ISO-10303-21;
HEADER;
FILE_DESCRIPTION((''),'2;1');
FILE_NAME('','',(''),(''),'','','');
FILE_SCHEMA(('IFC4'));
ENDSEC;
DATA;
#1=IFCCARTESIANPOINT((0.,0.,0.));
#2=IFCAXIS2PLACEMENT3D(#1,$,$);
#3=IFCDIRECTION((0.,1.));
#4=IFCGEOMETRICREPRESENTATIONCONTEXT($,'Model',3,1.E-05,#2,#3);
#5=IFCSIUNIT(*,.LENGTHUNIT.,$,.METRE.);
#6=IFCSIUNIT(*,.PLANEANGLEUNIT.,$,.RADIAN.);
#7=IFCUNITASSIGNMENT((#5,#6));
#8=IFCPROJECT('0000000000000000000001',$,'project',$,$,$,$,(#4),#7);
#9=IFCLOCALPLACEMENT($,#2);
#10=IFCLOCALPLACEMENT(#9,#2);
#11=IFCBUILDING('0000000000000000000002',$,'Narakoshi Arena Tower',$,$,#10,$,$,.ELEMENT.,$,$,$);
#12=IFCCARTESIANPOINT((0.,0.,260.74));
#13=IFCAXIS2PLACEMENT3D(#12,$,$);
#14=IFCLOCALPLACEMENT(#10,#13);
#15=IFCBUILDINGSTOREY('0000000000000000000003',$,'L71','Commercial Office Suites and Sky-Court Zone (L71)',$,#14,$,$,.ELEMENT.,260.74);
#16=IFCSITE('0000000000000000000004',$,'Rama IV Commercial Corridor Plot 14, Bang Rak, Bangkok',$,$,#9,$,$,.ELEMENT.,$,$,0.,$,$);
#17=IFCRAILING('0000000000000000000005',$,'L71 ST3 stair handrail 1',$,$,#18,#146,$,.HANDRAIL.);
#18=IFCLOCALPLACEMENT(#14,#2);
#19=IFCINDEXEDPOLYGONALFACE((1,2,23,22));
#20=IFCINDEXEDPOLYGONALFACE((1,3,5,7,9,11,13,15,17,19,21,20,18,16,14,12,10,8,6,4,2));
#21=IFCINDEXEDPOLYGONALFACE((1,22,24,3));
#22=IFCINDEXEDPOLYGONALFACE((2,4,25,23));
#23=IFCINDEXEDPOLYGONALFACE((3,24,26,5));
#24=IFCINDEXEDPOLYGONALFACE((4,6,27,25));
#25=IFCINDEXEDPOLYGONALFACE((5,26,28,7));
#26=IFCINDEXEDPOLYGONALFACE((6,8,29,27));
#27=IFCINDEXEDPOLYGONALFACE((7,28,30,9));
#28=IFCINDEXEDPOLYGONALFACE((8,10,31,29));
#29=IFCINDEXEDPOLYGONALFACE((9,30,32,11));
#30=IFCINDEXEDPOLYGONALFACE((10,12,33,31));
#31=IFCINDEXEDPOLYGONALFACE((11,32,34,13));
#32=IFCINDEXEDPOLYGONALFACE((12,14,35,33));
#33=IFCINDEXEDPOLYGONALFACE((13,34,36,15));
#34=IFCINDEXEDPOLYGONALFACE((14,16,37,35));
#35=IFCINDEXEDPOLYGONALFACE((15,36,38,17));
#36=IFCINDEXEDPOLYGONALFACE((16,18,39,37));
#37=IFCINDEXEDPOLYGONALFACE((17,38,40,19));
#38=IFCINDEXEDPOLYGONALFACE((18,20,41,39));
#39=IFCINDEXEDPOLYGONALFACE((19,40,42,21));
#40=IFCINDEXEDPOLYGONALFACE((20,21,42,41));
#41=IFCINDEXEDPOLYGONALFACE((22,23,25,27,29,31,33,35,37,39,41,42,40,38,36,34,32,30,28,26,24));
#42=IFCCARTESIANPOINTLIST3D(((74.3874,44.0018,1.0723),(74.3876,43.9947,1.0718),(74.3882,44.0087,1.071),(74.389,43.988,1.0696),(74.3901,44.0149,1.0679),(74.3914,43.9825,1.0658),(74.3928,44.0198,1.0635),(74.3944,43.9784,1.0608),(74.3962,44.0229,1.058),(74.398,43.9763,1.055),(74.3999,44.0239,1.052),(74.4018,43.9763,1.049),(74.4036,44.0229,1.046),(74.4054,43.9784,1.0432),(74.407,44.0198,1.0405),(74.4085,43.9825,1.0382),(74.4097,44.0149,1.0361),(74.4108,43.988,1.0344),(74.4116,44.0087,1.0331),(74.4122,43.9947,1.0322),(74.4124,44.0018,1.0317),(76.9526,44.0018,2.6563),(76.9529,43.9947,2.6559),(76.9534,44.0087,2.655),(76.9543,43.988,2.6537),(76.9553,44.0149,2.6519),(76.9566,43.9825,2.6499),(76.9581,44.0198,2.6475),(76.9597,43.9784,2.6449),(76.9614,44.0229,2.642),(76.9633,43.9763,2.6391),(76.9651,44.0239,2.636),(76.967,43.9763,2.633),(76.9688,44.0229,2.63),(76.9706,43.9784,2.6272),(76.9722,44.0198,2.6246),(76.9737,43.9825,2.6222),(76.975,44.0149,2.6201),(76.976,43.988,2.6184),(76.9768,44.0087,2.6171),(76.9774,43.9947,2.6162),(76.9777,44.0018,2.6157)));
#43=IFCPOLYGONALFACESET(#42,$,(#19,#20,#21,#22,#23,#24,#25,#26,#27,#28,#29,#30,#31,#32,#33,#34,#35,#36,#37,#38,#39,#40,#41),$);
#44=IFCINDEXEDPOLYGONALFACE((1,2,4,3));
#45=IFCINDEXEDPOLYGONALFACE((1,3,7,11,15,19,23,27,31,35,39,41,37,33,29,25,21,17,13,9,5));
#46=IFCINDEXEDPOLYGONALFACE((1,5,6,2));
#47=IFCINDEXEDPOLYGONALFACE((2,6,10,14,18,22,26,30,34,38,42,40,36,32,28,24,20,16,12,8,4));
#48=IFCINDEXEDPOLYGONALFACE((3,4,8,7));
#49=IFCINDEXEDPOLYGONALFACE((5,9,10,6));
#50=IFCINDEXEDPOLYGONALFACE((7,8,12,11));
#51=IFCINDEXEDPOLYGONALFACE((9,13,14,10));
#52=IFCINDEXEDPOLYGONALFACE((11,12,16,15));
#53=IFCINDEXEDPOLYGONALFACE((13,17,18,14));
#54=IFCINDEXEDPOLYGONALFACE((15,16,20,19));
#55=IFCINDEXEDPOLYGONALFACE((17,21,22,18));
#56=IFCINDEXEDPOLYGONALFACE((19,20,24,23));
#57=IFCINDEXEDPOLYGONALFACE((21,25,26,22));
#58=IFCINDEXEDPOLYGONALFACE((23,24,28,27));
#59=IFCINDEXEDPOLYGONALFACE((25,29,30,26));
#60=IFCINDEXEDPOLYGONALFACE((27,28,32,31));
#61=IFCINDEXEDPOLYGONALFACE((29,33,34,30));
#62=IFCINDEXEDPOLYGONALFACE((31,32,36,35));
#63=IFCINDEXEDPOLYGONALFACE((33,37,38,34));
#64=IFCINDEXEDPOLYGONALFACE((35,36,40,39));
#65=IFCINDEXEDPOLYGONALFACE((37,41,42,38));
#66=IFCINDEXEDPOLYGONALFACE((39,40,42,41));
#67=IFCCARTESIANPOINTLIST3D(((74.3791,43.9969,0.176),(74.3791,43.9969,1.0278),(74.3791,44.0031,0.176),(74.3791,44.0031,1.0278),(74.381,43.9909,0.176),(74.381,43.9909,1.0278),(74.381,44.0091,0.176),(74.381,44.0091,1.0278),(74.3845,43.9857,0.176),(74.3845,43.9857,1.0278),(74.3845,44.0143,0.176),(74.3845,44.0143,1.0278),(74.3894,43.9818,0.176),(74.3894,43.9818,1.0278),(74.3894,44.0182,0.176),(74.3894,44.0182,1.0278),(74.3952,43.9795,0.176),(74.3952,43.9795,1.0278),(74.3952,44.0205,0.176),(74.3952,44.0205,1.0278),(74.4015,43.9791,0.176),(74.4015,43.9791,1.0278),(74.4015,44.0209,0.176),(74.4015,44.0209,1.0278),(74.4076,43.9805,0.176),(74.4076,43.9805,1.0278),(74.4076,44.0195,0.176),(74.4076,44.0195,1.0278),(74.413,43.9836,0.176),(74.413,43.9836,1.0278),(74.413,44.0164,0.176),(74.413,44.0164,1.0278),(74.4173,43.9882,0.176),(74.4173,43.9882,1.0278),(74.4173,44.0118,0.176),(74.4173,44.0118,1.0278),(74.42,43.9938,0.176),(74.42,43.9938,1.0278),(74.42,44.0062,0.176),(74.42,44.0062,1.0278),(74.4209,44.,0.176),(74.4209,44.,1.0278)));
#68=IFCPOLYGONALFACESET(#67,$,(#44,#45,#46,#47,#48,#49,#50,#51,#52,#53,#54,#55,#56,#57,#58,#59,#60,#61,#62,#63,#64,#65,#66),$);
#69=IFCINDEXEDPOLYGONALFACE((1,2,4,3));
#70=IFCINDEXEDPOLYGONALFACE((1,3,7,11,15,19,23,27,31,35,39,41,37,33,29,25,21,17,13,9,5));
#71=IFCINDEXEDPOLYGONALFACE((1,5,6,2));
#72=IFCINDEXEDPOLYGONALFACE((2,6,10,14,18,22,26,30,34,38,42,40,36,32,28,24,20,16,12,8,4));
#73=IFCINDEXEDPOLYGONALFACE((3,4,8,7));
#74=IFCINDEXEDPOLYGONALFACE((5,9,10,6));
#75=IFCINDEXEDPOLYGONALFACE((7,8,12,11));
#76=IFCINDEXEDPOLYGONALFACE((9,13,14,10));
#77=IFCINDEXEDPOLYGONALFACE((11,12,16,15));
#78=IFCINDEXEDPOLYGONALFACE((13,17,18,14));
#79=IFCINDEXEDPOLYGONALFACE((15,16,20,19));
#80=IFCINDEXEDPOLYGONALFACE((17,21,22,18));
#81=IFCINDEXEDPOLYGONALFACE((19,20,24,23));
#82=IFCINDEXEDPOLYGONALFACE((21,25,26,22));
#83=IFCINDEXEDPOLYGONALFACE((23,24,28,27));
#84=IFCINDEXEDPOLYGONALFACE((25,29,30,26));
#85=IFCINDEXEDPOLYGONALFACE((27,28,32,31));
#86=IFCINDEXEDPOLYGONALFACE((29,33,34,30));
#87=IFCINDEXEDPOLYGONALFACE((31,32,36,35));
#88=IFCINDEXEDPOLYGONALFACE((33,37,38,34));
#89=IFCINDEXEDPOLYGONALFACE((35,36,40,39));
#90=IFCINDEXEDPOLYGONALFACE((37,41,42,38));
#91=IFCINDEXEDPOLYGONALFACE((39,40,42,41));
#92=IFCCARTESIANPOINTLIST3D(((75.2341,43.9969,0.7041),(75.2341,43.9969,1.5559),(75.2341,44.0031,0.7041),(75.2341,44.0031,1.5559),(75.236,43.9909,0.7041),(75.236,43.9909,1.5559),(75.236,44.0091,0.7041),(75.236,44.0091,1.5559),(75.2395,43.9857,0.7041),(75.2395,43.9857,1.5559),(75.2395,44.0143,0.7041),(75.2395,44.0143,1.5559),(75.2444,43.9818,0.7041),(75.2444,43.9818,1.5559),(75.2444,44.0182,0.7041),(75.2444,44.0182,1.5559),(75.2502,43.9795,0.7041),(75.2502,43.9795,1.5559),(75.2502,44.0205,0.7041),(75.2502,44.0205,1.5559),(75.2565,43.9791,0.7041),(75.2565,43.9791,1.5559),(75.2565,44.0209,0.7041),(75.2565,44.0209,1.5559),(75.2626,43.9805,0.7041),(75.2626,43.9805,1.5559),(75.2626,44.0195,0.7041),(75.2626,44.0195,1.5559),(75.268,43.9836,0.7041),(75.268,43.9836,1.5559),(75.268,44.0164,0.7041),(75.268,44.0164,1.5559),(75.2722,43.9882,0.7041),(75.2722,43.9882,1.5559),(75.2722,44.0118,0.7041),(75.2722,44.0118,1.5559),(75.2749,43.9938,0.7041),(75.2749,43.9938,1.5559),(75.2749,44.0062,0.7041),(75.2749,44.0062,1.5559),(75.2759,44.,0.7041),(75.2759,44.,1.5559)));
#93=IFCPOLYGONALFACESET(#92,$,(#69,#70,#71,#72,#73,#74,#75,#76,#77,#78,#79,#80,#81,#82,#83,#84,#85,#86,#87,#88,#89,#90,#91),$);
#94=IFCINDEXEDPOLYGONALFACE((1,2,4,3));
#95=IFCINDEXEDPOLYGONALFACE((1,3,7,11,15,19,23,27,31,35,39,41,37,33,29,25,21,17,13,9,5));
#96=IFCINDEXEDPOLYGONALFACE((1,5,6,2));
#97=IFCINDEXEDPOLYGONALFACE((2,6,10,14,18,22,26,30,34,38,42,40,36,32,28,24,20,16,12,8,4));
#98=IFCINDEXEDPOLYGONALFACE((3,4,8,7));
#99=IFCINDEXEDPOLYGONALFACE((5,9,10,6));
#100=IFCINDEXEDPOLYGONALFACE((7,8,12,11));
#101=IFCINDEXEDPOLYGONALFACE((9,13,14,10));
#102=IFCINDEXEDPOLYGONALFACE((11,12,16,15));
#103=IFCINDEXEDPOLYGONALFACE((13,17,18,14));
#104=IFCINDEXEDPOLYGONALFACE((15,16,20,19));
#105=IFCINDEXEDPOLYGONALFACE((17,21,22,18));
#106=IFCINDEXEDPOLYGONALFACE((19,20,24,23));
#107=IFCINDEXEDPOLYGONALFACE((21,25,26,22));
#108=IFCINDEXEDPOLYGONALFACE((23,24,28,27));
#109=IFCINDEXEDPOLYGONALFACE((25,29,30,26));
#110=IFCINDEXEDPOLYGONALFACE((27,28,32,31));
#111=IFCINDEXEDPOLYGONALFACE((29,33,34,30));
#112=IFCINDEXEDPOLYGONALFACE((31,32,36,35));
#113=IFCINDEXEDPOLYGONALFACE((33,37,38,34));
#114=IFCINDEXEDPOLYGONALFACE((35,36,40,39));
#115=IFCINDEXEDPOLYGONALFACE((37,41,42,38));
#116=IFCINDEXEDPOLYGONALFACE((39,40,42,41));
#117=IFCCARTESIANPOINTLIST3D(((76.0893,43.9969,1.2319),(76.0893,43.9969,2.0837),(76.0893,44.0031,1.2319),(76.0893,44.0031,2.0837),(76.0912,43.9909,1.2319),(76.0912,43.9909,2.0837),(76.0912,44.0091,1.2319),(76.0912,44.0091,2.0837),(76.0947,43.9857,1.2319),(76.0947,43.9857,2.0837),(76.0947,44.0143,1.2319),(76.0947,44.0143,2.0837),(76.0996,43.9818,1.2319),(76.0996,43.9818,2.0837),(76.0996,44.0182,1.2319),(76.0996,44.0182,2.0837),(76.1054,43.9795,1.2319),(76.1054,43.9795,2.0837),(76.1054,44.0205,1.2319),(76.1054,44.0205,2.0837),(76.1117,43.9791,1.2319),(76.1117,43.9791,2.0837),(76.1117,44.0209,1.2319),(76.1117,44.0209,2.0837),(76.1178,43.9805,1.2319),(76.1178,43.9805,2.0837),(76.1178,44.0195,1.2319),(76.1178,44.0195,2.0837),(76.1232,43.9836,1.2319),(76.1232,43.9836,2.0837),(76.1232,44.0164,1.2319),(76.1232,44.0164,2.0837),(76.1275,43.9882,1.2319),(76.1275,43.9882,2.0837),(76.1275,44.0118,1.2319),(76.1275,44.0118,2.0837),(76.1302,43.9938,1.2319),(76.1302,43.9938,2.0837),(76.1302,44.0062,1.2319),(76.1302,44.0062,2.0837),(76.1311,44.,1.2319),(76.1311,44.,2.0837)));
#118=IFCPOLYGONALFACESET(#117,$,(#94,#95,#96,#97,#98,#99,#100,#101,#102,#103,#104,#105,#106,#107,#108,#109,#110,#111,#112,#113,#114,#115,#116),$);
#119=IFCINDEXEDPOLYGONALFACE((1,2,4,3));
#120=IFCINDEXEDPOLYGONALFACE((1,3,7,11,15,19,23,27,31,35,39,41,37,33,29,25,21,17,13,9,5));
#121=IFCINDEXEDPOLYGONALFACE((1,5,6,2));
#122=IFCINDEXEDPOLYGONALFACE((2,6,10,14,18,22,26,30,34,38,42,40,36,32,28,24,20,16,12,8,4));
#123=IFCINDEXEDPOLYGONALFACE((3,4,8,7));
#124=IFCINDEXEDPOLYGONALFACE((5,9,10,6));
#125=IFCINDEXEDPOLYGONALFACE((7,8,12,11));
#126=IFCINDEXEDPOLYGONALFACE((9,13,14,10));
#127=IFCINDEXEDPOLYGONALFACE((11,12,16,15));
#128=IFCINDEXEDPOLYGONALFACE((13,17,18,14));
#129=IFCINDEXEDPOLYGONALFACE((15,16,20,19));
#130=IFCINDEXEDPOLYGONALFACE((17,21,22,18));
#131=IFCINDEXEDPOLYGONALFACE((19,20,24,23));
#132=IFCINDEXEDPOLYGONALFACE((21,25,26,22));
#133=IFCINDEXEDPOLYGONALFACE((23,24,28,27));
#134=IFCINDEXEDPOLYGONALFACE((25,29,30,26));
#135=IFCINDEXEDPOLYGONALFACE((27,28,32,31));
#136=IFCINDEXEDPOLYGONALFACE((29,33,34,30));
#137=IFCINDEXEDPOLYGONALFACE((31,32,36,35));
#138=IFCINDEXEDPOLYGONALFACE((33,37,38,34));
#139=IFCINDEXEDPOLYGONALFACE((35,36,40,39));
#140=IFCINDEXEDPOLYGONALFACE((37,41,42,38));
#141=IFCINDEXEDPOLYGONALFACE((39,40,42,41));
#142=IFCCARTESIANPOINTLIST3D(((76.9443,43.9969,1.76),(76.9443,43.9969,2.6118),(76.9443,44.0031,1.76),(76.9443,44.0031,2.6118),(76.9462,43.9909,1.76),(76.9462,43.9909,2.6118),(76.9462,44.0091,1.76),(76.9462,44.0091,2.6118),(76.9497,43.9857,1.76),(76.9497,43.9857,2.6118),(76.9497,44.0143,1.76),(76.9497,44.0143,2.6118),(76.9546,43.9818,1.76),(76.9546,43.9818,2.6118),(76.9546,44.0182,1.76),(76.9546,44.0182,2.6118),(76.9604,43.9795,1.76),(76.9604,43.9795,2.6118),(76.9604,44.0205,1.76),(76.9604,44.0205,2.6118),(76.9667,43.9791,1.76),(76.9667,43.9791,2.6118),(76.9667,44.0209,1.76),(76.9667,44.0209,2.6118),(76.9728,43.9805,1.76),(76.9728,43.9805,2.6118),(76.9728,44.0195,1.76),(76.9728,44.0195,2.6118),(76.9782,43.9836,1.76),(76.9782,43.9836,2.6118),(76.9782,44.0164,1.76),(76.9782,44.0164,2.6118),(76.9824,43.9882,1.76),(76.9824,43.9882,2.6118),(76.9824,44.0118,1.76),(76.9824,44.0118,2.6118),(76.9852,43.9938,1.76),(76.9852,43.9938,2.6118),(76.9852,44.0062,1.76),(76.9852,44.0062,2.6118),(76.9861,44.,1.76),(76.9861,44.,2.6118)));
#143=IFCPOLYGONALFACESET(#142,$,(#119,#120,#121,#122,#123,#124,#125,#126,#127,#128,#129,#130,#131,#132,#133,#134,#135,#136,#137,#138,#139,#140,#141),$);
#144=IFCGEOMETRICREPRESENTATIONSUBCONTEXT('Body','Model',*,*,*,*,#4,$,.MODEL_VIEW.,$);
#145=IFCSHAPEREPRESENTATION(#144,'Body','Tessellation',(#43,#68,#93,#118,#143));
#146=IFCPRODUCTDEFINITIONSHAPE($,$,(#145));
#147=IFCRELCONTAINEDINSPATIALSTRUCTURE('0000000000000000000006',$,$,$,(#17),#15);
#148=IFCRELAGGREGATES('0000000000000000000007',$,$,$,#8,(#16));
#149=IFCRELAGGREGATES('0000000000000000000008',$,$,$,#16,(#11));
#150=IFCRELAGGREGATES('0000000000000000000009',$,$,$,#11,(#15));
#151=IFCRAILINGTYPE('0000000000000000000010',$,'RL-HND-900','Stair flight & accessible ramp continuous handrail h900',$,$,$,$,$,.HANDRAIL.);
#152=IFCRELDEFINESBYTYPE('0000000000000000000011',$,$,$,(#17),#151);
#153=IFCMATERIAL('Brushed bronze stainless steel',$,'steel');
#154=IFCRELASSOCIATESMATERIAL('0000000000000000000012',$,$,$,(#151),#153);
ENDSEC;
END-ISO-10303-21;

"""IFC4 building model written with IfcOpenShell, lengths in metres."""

from ifc_helpers import new_model, si_unit, direction, frame, origin, origin_2d, place, context, subcontext, project, spatial, circle, extrude, material, type_object, element, save


model = new_model("IFC4")

# Units and contexts
model_context = context("Model", 3, precision=1e-05, world=origin(), true_north=direction((0.0, 1.0)))
body_context = subcontext(model_context, "Body", "Model", "MODEL_VIEW")
ifc_project = project(units=[si_unit("LENGTHUNIT", "METRE"), si_unit("PLANEANGLEUNIT", "RADIAN")], contexts=[model_context])

# Site, building, storey
site_placement = place(None, origin())
site = spatial("IfcSite", under=ifc_project, at=site_placement, Name="Rama IV Commercial Corridor Plot 14, Bang Rak, Bangkok", CompositionType="ELEMENT", RefElevation=0.0)
building_placement = place(site_placement, origin())
building = spatial("IfcBuilding", under=site, at=building_placement, Name="Narakoshi Arena Tower", CompositionType="ELEMENT")
storey_placement = place(building_placement, frame((0.0, 0.0, 260.74)))
storey = spatial("IfcBuildingStorey", under=building, at=storey_placement, Name="L71", Description="Commercial Office Suites and Sky-Court Zone (L71)", CompositionType="ELEMENT", Elevation=260.74)

# Railing
ifc_material_1 = material(Name="Brushed bronze stainless steel", Category="steel")
railing_type_1 = type_object("IfcRailingType", Name="RL-HND-900", Description="Stair flight & accessible ramp continuous handrail h900", PredefinedType="HANDRAIL", material=ifc_material_1)
railing_1_placement = place(storey_placement, frame((74.3999, 44.0, 0.176)))
element("IfcRailing", 1, at=railing_1_placement, inside=storey, type_object=railing_type_1, Name="L71 ST3 stair handrail 1", PredefinedType="HANDRAIL", context=body_context, shape_type="SweptSolid", body=[
    extrude(circle(Radius=0.0239, at=origin_2d()), frame((0.0, 0.0, 0.876), z_axis=(0.850857, 0.0, 0.525398), x_axis=(0.0, 1.0, 0.0)), (0.0, 0.0, 1.0), 3.0149),
    extrude(circle(Radius=0.021, at=origin_2d()), origin(), (0.0, 0.0, 1.0), 0.8518),
    extrude(circle(Radius=0.021, at=origin_2d()), frame((0.855, 0.0, 0.5281)), (0.0, 0.0, 1.0), 0.8518),
    extrude(circle(Radius=0.021, at=origin_2d()), frame((1.7102, 0.0, 1.0559)), (0.0, 0.0, 1.0), 0.8518),
    extrude(circle(Radius=0.021, at=origin_2d()), frame((2.5652, 0.0, 1.584)), (0.0, 0.0, 1.0), 0.8518),
])

save(model, "model.ifc")
